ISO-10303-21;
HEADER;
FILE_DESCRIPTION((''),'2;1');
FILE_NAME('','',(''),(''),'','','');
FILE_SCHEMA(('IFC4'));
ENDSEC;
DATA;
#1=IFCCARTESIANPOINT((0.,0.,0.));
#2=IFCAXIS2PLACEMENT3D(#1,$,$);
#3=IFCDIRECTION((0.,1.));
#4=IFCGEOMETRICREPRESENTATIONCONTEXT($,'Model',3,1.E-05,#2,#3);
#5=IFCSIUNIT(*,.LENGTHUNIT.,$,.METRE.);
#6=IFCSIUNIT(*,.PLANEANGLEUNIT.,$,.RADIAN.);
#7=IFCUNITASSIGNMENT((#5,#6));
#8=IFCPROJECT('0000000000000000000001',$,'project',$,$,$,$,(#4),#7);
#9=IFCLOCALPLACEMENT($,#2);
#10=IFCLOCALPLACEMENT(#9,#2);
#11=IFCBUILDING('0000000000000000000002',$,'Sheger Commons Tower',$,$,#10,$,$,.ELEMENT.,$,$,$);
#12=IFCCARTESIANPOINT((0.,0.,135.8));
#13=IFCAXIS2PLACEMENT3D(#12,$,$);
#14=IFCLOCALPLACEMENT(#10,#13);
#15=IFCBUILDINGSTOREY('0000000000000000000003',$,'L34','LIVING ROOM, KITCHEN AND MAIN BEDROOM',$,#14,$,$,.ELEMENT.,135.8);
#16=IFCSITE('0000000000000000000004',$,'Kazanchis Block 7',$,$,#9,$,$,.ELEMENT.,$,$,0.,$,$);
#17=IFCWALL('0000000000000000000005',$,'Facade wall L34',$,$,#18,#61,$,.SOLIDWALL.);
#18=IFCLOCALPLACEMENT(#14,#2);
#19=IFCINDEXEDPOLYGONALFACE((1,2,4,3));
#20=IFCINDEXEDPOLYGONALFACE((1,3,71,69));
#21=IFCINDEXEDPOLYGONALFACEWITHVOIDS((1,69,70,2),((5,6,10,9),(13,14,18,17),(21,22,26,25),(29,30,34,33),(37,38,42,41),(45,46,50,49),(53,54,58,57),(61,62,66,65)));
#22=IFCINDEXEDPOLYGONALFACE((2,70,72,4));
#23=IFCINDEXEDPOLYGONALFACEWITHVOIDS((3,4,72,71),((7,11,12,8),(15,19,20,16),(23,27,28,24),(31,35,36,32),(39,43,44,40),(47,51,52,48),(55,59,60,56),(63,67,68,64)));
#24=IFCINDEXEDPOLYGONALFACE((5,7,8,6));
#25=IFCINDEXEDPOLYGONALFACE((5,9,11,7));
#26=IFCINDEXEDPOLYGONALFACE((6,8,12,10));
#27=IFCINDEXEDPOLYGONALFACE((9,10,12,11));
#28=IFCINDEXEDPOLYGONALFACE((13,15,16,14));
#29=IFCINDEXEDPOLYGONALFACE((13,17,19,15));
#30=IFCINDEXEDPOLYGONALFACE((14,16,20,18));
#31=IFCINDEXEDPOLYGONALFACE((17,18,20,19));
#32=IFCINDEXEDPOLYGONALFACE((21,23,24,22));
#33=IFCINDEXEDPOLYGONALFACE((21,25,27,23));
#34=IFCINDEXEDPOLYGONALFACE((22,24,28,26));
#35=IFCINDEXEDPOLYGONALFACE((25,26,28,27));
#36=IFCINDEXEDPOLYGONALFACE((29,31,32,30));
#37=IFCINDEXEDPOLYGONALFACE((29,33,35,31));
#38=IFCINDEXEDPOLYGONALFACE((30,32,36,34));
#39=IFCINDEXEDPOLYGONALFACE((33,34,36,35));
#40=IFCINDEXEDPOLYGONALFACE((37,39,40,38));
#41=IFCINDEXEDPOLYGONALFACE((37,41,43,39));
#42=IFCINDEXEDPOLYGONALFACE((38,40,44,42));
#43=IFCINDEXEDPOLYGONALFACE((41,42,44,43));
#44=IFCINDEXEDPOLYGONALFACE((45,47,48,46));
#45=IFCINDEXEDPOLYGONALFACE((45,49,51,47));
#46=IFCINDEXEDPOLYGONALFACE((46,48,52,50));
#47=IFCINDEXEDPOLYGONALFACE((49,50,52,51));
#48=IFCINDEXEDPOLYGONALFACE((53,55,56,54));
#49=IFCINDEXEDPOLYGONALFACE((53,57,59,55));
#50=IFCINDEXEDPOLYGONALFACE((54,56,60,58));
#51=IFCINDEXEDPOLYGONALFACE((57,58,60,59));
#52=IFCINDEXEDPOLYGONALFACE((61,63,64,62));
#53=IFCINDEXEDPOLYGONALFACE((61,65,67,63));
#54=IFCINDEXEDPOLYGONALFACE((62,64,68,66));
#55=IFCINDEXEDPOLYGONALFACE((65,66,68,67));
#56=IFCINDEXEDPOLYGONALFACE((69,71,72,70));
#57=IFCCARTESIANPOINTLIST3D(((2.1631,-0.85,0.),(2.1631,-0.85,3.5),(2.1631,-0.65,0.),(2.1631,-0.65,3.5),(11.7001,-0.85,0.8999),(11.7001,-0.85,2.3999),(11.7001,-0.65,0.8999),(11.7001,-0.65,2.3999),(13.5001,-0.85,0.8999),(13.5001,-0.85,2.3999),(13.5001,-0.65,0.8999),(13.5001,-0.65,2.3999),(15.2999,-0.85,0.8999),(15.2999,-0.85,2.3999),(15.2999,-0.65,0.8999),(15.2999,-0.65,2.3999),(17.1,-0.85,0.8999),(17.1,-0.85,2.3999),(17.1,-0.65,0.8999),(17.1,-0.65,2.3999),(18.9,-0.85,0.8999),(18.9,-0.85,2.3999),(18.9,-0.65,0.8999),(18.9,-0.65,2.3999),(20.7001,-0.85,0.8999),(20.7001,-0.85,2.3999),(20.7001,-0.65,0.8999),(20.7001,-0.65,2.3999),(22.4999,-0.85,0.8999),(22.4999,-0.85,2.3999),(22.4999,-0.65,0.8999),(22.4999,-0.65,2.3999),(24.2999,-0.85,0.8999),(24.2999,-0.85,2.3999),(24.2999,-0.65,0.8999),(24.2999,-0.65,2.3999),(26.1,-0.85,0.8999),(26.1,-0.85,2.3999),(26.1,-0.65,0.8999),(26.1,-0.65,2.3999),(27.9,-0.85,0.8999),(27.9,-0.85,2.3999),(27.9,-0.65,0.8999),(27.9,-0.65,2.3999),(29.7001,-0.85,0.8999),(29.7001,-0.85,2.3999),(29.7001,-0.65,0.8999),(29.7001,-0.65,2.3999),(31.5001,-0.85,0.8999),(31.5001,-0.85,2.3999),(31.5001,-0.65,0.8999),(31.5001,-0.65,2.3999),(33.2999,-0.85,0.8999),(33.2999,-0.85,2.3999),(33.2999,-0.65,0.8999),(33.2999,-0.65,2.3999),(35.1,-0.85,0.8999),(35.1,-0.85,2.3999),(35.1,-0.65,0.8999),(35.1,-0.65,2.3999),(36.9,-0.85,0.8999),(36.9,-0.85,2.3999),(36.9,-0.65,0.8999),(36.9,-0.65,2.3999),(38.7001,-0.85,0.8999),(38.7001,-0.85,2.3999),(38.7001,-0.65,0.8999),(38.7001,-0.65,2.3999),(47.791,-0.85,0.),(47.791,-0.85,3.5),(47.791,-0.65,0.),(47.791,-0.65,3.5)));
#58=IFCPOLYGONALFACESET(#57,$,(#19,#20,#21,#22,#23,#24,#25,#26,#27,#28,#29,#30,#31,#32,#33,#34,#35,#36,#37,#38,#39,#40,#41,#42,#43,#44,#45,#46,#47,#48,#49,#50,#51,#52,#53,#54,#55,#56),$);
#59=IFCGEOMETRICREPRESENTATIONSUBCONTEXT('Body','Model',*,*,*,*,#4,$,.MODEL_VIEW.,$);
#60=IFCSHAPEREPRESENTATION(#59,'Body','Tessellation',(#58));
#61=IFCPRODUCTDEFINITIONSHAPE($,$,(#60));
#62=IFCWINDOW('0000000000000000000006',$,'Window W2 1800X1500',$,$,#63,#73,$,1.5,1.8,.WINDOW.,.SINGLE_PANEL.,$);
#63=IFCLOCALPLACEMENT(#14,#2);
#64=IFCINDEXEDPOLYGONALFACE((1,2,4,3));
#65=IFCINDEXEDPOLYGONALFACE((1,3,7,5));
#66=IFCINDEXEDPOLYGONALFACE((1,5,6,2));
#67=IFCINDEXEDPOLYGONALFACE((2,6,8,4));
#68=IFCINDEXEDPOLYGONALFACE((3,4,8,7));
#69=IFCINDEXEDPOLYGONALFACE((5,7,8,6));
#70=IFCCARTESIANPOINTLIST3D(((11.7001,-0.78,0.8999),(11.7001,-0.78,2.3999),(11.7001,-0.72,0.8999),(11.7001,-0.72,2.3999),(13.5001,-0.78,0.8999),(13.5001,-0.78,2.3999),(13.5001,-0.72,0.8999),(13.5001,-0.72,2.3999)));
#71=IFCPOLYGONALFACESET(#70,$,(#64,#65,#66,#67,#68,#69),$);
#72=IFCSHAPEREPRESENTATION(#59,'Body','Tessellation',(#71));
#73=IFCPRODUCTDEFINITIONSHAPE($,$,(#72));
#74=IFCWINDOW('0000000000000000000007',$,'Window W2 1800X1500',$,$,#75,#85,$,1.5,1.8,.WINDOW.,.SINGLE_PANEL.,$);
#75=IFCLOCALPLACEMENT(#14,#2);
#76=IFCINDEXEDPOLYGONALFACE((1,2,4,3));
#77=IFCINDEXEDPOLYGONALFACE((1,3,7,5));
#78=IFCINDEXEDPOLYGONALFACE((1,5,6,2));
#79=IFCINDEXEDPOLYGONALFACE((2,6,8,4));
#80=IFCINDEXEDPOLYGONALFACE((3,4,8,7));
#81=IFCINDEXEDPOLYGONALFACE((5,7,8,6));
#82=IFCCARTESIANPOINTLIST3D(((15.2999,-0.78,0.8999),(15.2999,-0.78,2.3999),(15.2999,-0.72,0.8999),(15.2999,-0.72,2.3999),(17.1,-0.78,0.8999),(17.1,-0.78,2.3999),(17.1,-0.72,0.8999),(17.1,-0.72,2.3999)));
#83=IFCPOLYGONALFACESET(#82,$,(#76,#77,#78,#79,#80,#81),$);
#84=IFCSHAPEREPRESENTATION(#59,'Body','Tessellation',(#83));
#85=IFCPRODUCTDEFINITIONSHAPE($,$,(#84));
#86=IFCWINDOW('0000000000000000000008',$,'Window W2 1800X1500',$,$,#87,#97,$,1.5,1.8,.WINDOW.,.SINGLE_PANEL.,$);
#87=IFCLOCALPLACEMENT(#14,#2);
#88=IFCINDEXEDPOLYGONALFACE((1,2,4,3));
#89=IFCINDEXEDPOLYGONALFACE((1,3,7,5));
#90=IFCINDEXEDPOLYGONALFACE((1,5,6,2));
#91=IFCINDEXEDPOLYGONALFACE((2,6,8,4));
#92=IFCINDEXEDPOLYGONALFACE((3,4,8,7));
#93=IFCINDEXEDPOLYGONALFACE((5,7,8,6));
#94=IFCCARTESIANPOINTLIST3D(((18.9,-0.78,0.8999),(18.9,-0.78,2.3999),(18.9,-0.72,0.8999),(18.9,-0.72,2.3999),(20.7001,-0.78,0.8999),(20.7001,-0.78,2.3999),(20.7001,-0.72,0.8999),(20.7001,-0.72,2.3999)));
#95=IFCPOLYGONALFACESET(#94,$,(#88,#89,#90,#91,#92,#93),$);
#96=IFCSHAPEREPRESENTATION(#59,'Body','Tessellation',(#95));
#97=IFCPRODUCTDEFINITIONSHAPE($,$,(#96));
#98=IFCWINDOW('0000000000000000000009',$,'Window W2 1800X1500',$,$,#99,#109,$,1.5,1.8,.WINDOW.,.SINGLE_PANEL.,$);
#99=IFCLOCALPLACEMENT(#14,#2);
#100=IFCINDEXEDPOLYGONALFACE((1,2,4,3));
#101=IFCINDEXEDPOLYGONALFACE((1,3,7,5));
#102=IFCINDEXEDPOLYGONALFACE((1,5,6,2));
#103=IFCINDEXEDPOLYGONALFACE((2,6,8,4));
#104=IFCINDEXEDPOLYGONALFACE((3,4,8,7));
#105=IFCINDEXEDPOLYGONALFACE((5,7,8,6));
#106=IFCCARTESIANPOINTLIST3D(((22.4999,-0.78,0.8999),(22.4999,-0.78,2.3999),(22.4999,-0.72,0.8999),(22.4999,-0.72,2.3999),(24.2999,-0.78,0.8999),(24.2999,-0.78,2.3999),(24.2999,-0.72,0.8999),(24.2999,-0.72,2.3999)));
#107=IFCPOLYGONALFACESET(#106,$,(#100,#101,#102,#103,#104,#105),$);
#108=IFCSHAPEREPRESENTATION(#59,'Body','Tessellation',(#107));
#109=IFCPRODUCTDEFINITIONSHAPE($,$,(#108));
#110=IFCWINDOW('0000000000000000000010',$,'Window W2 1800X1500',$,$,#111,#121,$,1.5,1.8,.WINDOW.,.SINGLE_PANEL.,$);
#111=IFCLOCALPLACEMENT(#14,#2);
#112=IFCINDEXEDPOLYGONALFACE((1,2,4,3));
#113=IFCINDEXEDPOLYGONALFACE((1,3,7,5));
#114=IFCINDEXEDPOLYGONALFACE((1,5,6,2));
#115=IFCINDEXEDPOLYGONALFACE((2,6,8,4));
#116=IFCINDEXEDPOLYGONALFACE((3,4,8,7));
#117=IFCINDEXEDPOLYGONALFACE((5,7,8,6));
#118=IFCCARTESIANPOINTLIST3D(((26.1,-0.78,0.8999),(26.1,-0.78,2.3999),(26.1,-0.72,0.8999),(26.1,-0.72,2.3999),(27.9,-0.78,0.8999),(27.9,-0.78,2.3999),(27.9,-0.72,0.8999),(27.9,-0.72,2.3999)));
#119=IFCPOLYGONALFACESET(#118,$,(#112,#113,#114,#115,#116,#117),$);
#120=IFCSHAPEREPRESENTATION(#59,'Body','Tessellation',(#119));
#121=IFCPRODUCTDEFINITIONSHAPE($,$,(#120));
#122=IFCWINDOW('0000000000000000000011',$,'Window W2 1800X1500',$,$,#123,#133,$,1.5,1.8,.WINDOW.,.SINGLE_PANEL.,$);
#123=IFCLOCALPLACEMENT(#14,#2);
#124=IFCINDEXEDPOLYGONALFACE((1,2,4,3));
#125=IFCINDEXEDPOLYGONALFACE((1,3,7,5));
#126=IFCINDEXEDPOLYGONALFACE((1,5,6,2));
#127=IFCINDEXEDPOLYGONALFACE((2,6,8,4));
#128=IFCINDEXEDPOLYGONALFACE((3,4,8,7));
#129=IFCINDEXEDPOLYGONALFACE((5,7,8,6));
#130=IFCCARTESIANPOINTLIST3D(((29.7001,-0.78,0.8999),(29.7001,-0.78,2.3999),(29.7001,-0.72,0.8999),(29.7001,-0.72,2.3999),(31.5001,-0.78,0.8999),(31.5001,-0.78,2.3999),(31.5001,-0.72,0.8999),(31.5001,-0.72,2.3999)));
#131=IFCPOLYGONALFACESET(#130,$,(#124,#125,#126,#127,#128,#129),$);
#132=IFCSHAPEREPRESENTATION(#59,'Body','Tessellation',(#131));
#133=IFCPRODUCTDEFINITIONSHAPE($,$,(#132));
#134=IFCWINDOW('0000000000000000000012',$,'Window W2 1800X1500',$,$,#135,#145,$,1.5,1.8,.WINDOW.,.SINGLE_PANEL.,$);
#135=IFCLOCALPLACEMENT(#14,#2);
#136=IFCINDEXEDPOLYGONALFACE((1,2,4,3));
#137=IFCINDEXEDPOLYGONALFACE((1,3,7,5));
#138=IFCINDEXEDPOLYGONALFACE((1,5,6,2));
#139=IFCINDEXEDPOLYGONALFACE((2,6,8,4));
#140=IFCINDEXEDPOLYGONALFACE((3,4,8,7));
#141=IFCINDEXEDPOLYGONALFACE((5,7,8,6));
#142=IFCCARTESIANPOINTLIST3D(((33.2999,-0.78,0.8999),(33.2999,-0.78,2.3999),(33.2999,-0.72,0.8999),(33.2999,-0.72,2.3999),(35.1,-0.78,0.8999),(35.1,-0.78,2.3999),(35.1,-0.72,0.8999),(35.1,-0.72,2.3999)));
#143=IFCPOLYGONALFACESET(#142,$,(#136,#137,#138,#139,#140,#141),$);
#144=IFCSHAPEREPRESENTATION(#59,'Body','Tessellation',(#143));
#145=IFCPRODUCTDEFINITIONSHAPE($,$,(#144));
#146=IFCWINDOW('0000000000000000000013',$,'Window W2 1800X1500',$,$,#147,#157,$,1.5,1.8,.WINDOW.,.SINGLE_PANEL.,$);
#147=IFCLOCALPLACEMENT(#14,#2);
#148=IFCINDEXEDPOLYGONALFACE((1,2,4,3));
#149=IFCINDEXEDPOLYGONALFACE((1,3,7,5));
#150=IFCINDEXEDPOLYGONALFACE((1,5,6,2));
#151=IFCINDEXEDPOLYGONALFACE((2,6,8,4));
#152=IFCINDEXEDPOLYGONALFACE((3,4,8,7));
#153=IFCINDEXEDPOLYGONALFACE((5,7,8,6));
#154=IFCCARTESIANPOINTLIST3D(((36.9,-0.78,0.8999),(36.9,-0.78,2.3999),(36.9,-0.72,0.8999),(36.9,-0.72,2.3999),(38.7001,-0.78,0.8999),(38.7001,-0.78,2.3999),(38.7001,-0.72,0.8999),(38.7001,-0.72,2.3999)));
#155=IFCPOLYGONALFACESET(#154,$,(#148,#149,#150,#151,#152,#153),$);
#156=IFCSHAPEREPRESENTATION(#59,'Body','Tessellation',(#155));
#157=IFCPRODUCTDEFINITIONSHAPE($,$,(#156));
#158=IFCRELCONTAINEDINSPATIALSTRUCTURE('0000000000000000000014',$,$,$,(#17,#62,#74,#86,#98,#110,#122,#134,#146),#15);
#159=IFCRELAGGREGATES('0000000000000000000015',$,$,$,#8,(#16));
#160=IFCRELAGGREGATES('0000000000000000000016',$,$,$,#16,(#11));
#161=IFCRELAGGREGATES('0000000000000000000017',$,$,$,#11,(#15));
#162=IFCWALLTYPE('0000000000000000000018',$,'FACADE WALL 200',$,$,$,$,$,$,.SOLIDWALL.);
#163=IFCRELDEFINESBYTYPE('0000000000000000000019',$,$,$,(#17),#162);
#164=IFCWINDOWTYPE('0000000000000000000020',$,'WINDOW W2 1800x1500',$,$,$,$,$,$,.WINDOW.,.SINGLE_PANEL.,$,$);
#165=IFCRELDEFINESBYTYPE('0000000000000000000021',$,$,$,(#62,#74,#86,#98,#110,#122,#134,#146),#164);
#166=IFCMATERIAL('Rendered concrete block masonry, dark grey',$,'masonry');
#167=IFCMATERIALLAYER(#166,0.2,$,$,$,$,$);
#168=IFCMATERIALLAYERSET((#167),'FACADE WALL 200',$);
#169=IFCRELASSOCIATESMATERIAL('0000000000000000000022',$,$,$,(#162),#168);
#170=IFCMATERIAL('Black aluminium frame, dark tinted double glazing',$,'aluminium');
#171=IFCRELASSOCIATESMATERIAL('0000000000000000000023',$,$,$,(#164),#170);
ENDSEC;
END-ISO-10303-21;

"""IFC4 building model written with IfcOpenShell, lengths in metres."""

from ifc_helpers import new_model, si_unit, direction, frame, frame_2d, origin, place, context, subcontext, project, spatial, rectangle, extrude, material, layer, layer_set, type_object, element, fill, save


model = new_model("IFC4")

# Units and contexts
model_context = context("Model", 3, precision=1e-05, world=origin(), true_north=direction((0.0, 1.0)))
body_context = subcontext(model_context, "Body", "Model", "MODEL_VIEW")
ifc_project = project(units=[si_unit("LENGTHUNIT", "METRE"), si_unit("PLANEANGLEUNIT", "RADIAN")], contexts=[model_context])

# Site, building, storey
site_placement = place(None, origin())
site = spatial("IfcSite", under=ifc_project, at=site_placement, Name="Kazanchis Block 7", CompositionType="ELEMENT", RefElevation=0.0)
building_placement = place(site_placement, origin())
building = spatial("IfcBuilding", under=site, at=building_placement, Name="Sheger Commons Tower", CompositionType="ELEMENT")
storey_placement = place(building_placement, frame((0.0, 0.0, 135.8)))
storey = spatial("IfcBuildingStorey", under=building, at=storey_placement, Name="L34", Description="LIVING ROOM, KITCHEN AND MAIN BEDROOM", CompositionType="ELEMENT", Elevation=135.8)

# Wall, openings, windows
ifc_material_1 = material(Name="Rendered concrete block masonry, dark grey", Category="masonry")
ifc_layer_1 = layer(ifc_material_1, 0.2)
ifc_layer_set_1 = layer_set([ifc_layer_1], Name="FACADE WALL 200")
wall_type_1 = type_object("IfcWallType", Name="FACADE WALL 200", PredefinedType="SOLIDWALL", material=ifc_layer_set_1)
wall_1_placement = place(storey_placement, frame((2.1631, -0.75, 0.0), z_axis=(0.0, 0.0, 1.0), x_axis=(1.0, 0.0, 0.0)))
wall_1 = element("IfcWall", 1, at=wall_1_placement, inside=storey, type_object=wall_type_1, Name="Facade wall L34", PredefinedType="SOLIDWALL", context=body_context, shape_type="SweptSolid", body=[
    extrude(rectangle(XDim=45.6279, YDim=0.2, at=frame_2d((22.814, 0.0))), origin(), (0.0, 0.0, 1.0), 3.5),
])
opening_1_placement = place(wall_1_placement, frame((9.5371, 0.0, 0.8999)))
opening_1 = element("IfcOpeningElement", 2, at=opening_1_placement, cuts=wall_1, PredefinedType="OPENING", context=body_context, shape_type="SweptSolid", body=[
    extrude(rectangle(XDim=1.8, YDim=1.5, at=frame_2d((0.8999, 0.75))), frame((0.0, 0.1099, 0.0), z_axis=(0.0, -1.0, 0.0), x_axis=(1.0, 0.0, 0.0)), (0.0, 0.0, 1.0), 0.22),
])
opening_2_placement = place(wall_1_placement, frame((13.137, 0.0, 0.8999)))
opening_2 = element("IfcOpeningElement", 3, at=opening_2_placement, cuts=wall_1, PredefinedType="OPENING", context=body_context, shape_type="SweptSolid", body=[
    extrude(rectangle(XDim=1.8, YDim=1.5, at=frame_2d((0.8999, 0.75))), frame((0.0, 0.1099, 0.0), z_axis=(0.0, -1.0, 0.0), x_axis=(1.0, 0.0, 0.0)), (0.0, 0.0, 1.0), 0.22),
])
opening_3_placement = place(wall_1_placement, frame((16.7371, 0.0, 0.8999)))
opening_3 = element("IfcOpeningElement", 4, at=opening_3_placement, cuts=wall_1, PredefinedType="OPENING", context=body_context, shape_type="SweptSolid", body=[
    extrude(rectangle(XDim=1.8, YDim=1.5, at=frame_2d((0.8999, 0.75))), frame((0.0, 0.1099, 0.0), z_axis=(0.0, -1.0, 0.0), x_axis=(1.0, 0.0, 0.0)), (0.0, 0.0, 1.0), 0.22),
])
opening_4_placement = place(wall_1_placement, frame((20.3369, 0.0, 0.8999)))
opening_4 = element("IfcOpeningElement", 5, at=opening_4_placement, cuts=wall_1, PredefinedType="OPENING", context=body_context, shape_type="SweptSolid", body=[
    extrude(rectangle(XDim=1.8, YDim=1.5, at=frame_2d((0.8999, 0.75))), frame((0.0, 0.1099, 0.0), z_axis=(0.0, -1.0, 0.0), x_axis=(1.0, 0.0, 0.0)), (0.0, 0.0, 1.0), 0.22),
])
opening_5_placement = place(wall_1_placement, frame((23.937, 0.0, 0.8999)))
opening_5 = element("IfcOpeningElement", 6, at=opening_5_placement, cuts=wall_1, PredefinedType="OPENING", context=body_context, shape_type="SweptSolid", body=[
    extrude(rectangle(XDim=1.8, YDim=1.5, at=frame_2d((0.8999, 0.75))), frame((0.0, 0.1099, 0.0), z_axis=(0.0, -1.0, 0.0), x_axis=(1.0, 0.0, 0.0)), (0.0, 0.0, 1.0), 0.22),
])
opening_6_placement = place(wall_1_placement, frame((27.5371, 0.0, 0.8999)))
opening_6 = element("IfcOpeningElement", 7, at=opening_6_placement, cuts=wall_1, PredefinedType="OPENING", context=body_context, shape_type="SweptSolid", body=[
    extrude(rectangle(XDim=1.8, YDim=1.5, at=frame_2d((0.8999, 0.75))), frame((0.0, 0.1099, 0.0), z_axis=(0.0, -1.0, 0.0), x_axis=(1.0, 0.0, 0.0)), (0.0, 0.0, 1.0), 0.22),
])
opening_7_placement = place(wall_1_placement, frame((31.137, 0.0, 0.8999)))
opening_7 = element("IfcOpeningElement", 8, at=opening_7_placement, cuts=wall_1, PredefinedType="OPENING", context=body_context, shape_type="SweptSolid", body=[
    extrude(rectangle(XDim=1.8, YDim=1.5, at=frame_2d((0.8999, 0.75))), frame((0.0, 0.1099, 0.0), z_axis=(0.0, -1.0, 0.0), x_axis=(1.0, 0.0, 0.0)), (0.0, 0.0, 1.0), 0.22),
])
opening_8_placement = place(wall_1_placement, frame((34.7371, 0.0, 0.8999)))
opening_8 = element("IfcOpeningElement", 9, at=opening_8_placement, cuts=wall_1, PredefinedType="OPENING", context=body_context, shape_type="SweptSolid", body=[
    extrude(rectangle(XDim=1.8, YDim=1.5, at=frame_2d((0.8999, 0.75))), frame((0.0, 0.1099, 0.0), z_axis=(0.0, -1.0, 0.0), x_axis=(1.0, 0.0, 0.0)), (0.0, 0.0, 1.0), 0.22),
])
ifc_material_2 = material(Name="Black aluminium frame, dark tinted double glazing", Category="aluminium")
window_type = type_object("IfcWindowType", Name="WINDOW W2 1800x1500", PartitioningType="SINGLE_PANEL", PredefinedType="WINDOW", material=ifc_material_2)
window_1_placement = place(opening_1_placement, origin())
window_1 = element("IfcWindow", 10, at=window_1_placement, inside=storey, type_object=window_type, Name="Window W2 1800X1500", OverallHeight=1.5, OverallWidth=1.8, PartitioningType="SINGLE_PANEL", PredefinedType="WINDOW", context=body_context, shape_type="SweptSolid", body=[
    extrude(rectangle(XDim=1.8, YDim=1.5, at=frame_2d((0.8999, 0.75))), frame((0.0, 0.03, 0.0), z_axis=(0.0, -1.0, 0.0), x_axis=(1.0, 0.0, 0.0)), (0.0, 0.0, 1.0), 0.0601),
])
fill(opening_1, window_1)
window_2_placement = place(opening_2_placement, origin())
window_2 = element("IfcWindow", 11, at=window_2_placement, inside=storey, type_object=window_type, Name="Window W2 1800X1500", OverallHeight=1.5, OverallWidth=1.8, PartitioningType="SINGLE_PANEL", PredefinedType="WINDOW", context=body_context, shape_type="SweptSolid", body=[
    extrude(rectangle(XDim=1.8, YDim=1.5, at=frame_2d((0.8999, 0.75))), frame((0.0, 0.03, 0.0), z_axis=(0.0, -1.0, 0.0), x_axis=(1.0, 0.0, 0.0)), (0.0, 0.0, 1.0), 0.0601),
])
fill(opening_2, window_2)
window_3_placement = place(opening_3_placement, origin())
window_3 = element("IfcWindow", 12, at=window_3_placement, inside=storey, type_object=window_type, Name="Window W2 1800X1500", OverallHeight=1.5, OverallWidth=1.8, PartitioningType="SINGLE_PANEL", PredefinedType="WINDOW", context=body_context, shape_type="SweptSolid", body=[
    extrude(rectangle(XDim=1.8, YDim=1.5, at=frame_2d((0.8999, 0.75))), frame((0.0, 0.03, 0.0), z_axis=(0.0, -1.0, 0.0), x_axis=(1.0, 0.0, 0.0)), (0.0, 0.0, 1.0), 0.0601),
])
fill(opening_3, window_3)
window_4_placement = place(opening_4_placement, origin())
window_4 = element("IfcWindow", 13, at=window_4_placement, inside=storey, type_object=window_type, Name="Window W2 1800X1500", OverallHeight=1.5, OverallWidth=1.8, PartitioningType="SINGLE_PANEL", PredefinedType="WINDOW", context=body_context, shape_type="SweptSolid", body=[
    extrude(rectangle(XDim=1.8, YDim=1.5, at=frame_2d((0.8999, 0.75))), frame((0.0, 0.03, 0.0), z_axis=(0.0, -1.0, 0.0), x_axis=(1.0, 0.0, 0.0)), (0.0, 0.0, 1.0), 0.0601),
])
fill(opening_4, window_4)
window_5_placement = place(opening_5_placement, origin())
window_5 = element("IfcWindow", 14, at=window_5_placement, inside=storey, type_object=window_type, Name="Window W2 1800X1500", OverallHeight=1.5, OverallWidth=1.8, PartitioningType="SINGLE_PANEL", PredefinedType="WINDOW", context=body_context, shape_type="SweptSolid", body=[
    extrude(rectangle(XDim=1.8, YDim=1.5, at=frame_2d((0.8999, 0.75))), frame((0.0, 0.03, 0.0), z_axis=(0.0, -1.0, 0.0), x_axis=(1.0, 0.0, 0.0)), (0.0, 0.0, 1.0), 0.0601),
])
fill(opening_5, window_5)
window_6_placement = place(opening_6_placement, origin())
window_6 = element("IfcWindow", 15, at=window_6_placement, inside=storey, type_object=window_type, Name="Window W2 1800X1500", OverallHeight=1.5, OverallWidth=1.8, PartitioningType="SINGLE_PANEL", PredefinedType="WINDOW", context=body_context, shape_type="SweptSolid", body=[
    extrude(rectangle(XDim=1.8, YDim=1.5, at=frame_2d((0.8999, 0.75))), frame((0.0, 0.03, 0.0), z_axis=(0.0, -1.0, 0.0), x_axis=(1.0, 0.0, 0.0)), (0.0, 0.0, 1.0), 0.0601),
])
fill(opening_6, window_6)
window_7_placement = place(opening_7_placement, origin())
window_7 = element("IfcWindow", 16, at=window_7_placement, inside=storey, type_object=window_type, Name="Window W2 1800X1500", OverallHeight=1.5, OverallWidth=1.8, PartitioningType="SINGLE_PANEL", PredefinedType="WINDOW", context=body_context, shape_type="SweptSolid", body=[
    extrude(rectangle(XDim=1.8, YDim=1.5, at=frame_2d((0.8999, 0.75))), frame((0.0, 0.03, 0.0), z_axis=(0.0, -1.0, 0.0), x_axis=(1.0, 0.0, 0.0)), (0.0, 0.0, 1.0), 0.0601),
])
fill(opening_7, window_7)
window_8_placement = place(opening_8_placement, origin())
window_8 = element("IfcWindow", 17, at=window_8_placement, inside=storey, type_object=window_type, Name="Window W2 1800X1500", OverallHeight=1.5, OverallWidth=1.8, PartitioningType="SINGLE_PANEL", PredefinedType="WINDOW", context=body_context, shape_type="SweptSolid", body=[
    extrude(rectangle(XDim=1.8, YDim=1.5, at=frame_2d((0.8999, 0.75))), frame((0.0, 0.03, 0.0), z_axis=(0.0, -1.0, 0.0), x_axis=(1.0, 0.0, 0.0)), (0.0, 0.0, 1.0), 0.0601),
])
fill(opening_8, window_8)

save(model, "model.ifc")
